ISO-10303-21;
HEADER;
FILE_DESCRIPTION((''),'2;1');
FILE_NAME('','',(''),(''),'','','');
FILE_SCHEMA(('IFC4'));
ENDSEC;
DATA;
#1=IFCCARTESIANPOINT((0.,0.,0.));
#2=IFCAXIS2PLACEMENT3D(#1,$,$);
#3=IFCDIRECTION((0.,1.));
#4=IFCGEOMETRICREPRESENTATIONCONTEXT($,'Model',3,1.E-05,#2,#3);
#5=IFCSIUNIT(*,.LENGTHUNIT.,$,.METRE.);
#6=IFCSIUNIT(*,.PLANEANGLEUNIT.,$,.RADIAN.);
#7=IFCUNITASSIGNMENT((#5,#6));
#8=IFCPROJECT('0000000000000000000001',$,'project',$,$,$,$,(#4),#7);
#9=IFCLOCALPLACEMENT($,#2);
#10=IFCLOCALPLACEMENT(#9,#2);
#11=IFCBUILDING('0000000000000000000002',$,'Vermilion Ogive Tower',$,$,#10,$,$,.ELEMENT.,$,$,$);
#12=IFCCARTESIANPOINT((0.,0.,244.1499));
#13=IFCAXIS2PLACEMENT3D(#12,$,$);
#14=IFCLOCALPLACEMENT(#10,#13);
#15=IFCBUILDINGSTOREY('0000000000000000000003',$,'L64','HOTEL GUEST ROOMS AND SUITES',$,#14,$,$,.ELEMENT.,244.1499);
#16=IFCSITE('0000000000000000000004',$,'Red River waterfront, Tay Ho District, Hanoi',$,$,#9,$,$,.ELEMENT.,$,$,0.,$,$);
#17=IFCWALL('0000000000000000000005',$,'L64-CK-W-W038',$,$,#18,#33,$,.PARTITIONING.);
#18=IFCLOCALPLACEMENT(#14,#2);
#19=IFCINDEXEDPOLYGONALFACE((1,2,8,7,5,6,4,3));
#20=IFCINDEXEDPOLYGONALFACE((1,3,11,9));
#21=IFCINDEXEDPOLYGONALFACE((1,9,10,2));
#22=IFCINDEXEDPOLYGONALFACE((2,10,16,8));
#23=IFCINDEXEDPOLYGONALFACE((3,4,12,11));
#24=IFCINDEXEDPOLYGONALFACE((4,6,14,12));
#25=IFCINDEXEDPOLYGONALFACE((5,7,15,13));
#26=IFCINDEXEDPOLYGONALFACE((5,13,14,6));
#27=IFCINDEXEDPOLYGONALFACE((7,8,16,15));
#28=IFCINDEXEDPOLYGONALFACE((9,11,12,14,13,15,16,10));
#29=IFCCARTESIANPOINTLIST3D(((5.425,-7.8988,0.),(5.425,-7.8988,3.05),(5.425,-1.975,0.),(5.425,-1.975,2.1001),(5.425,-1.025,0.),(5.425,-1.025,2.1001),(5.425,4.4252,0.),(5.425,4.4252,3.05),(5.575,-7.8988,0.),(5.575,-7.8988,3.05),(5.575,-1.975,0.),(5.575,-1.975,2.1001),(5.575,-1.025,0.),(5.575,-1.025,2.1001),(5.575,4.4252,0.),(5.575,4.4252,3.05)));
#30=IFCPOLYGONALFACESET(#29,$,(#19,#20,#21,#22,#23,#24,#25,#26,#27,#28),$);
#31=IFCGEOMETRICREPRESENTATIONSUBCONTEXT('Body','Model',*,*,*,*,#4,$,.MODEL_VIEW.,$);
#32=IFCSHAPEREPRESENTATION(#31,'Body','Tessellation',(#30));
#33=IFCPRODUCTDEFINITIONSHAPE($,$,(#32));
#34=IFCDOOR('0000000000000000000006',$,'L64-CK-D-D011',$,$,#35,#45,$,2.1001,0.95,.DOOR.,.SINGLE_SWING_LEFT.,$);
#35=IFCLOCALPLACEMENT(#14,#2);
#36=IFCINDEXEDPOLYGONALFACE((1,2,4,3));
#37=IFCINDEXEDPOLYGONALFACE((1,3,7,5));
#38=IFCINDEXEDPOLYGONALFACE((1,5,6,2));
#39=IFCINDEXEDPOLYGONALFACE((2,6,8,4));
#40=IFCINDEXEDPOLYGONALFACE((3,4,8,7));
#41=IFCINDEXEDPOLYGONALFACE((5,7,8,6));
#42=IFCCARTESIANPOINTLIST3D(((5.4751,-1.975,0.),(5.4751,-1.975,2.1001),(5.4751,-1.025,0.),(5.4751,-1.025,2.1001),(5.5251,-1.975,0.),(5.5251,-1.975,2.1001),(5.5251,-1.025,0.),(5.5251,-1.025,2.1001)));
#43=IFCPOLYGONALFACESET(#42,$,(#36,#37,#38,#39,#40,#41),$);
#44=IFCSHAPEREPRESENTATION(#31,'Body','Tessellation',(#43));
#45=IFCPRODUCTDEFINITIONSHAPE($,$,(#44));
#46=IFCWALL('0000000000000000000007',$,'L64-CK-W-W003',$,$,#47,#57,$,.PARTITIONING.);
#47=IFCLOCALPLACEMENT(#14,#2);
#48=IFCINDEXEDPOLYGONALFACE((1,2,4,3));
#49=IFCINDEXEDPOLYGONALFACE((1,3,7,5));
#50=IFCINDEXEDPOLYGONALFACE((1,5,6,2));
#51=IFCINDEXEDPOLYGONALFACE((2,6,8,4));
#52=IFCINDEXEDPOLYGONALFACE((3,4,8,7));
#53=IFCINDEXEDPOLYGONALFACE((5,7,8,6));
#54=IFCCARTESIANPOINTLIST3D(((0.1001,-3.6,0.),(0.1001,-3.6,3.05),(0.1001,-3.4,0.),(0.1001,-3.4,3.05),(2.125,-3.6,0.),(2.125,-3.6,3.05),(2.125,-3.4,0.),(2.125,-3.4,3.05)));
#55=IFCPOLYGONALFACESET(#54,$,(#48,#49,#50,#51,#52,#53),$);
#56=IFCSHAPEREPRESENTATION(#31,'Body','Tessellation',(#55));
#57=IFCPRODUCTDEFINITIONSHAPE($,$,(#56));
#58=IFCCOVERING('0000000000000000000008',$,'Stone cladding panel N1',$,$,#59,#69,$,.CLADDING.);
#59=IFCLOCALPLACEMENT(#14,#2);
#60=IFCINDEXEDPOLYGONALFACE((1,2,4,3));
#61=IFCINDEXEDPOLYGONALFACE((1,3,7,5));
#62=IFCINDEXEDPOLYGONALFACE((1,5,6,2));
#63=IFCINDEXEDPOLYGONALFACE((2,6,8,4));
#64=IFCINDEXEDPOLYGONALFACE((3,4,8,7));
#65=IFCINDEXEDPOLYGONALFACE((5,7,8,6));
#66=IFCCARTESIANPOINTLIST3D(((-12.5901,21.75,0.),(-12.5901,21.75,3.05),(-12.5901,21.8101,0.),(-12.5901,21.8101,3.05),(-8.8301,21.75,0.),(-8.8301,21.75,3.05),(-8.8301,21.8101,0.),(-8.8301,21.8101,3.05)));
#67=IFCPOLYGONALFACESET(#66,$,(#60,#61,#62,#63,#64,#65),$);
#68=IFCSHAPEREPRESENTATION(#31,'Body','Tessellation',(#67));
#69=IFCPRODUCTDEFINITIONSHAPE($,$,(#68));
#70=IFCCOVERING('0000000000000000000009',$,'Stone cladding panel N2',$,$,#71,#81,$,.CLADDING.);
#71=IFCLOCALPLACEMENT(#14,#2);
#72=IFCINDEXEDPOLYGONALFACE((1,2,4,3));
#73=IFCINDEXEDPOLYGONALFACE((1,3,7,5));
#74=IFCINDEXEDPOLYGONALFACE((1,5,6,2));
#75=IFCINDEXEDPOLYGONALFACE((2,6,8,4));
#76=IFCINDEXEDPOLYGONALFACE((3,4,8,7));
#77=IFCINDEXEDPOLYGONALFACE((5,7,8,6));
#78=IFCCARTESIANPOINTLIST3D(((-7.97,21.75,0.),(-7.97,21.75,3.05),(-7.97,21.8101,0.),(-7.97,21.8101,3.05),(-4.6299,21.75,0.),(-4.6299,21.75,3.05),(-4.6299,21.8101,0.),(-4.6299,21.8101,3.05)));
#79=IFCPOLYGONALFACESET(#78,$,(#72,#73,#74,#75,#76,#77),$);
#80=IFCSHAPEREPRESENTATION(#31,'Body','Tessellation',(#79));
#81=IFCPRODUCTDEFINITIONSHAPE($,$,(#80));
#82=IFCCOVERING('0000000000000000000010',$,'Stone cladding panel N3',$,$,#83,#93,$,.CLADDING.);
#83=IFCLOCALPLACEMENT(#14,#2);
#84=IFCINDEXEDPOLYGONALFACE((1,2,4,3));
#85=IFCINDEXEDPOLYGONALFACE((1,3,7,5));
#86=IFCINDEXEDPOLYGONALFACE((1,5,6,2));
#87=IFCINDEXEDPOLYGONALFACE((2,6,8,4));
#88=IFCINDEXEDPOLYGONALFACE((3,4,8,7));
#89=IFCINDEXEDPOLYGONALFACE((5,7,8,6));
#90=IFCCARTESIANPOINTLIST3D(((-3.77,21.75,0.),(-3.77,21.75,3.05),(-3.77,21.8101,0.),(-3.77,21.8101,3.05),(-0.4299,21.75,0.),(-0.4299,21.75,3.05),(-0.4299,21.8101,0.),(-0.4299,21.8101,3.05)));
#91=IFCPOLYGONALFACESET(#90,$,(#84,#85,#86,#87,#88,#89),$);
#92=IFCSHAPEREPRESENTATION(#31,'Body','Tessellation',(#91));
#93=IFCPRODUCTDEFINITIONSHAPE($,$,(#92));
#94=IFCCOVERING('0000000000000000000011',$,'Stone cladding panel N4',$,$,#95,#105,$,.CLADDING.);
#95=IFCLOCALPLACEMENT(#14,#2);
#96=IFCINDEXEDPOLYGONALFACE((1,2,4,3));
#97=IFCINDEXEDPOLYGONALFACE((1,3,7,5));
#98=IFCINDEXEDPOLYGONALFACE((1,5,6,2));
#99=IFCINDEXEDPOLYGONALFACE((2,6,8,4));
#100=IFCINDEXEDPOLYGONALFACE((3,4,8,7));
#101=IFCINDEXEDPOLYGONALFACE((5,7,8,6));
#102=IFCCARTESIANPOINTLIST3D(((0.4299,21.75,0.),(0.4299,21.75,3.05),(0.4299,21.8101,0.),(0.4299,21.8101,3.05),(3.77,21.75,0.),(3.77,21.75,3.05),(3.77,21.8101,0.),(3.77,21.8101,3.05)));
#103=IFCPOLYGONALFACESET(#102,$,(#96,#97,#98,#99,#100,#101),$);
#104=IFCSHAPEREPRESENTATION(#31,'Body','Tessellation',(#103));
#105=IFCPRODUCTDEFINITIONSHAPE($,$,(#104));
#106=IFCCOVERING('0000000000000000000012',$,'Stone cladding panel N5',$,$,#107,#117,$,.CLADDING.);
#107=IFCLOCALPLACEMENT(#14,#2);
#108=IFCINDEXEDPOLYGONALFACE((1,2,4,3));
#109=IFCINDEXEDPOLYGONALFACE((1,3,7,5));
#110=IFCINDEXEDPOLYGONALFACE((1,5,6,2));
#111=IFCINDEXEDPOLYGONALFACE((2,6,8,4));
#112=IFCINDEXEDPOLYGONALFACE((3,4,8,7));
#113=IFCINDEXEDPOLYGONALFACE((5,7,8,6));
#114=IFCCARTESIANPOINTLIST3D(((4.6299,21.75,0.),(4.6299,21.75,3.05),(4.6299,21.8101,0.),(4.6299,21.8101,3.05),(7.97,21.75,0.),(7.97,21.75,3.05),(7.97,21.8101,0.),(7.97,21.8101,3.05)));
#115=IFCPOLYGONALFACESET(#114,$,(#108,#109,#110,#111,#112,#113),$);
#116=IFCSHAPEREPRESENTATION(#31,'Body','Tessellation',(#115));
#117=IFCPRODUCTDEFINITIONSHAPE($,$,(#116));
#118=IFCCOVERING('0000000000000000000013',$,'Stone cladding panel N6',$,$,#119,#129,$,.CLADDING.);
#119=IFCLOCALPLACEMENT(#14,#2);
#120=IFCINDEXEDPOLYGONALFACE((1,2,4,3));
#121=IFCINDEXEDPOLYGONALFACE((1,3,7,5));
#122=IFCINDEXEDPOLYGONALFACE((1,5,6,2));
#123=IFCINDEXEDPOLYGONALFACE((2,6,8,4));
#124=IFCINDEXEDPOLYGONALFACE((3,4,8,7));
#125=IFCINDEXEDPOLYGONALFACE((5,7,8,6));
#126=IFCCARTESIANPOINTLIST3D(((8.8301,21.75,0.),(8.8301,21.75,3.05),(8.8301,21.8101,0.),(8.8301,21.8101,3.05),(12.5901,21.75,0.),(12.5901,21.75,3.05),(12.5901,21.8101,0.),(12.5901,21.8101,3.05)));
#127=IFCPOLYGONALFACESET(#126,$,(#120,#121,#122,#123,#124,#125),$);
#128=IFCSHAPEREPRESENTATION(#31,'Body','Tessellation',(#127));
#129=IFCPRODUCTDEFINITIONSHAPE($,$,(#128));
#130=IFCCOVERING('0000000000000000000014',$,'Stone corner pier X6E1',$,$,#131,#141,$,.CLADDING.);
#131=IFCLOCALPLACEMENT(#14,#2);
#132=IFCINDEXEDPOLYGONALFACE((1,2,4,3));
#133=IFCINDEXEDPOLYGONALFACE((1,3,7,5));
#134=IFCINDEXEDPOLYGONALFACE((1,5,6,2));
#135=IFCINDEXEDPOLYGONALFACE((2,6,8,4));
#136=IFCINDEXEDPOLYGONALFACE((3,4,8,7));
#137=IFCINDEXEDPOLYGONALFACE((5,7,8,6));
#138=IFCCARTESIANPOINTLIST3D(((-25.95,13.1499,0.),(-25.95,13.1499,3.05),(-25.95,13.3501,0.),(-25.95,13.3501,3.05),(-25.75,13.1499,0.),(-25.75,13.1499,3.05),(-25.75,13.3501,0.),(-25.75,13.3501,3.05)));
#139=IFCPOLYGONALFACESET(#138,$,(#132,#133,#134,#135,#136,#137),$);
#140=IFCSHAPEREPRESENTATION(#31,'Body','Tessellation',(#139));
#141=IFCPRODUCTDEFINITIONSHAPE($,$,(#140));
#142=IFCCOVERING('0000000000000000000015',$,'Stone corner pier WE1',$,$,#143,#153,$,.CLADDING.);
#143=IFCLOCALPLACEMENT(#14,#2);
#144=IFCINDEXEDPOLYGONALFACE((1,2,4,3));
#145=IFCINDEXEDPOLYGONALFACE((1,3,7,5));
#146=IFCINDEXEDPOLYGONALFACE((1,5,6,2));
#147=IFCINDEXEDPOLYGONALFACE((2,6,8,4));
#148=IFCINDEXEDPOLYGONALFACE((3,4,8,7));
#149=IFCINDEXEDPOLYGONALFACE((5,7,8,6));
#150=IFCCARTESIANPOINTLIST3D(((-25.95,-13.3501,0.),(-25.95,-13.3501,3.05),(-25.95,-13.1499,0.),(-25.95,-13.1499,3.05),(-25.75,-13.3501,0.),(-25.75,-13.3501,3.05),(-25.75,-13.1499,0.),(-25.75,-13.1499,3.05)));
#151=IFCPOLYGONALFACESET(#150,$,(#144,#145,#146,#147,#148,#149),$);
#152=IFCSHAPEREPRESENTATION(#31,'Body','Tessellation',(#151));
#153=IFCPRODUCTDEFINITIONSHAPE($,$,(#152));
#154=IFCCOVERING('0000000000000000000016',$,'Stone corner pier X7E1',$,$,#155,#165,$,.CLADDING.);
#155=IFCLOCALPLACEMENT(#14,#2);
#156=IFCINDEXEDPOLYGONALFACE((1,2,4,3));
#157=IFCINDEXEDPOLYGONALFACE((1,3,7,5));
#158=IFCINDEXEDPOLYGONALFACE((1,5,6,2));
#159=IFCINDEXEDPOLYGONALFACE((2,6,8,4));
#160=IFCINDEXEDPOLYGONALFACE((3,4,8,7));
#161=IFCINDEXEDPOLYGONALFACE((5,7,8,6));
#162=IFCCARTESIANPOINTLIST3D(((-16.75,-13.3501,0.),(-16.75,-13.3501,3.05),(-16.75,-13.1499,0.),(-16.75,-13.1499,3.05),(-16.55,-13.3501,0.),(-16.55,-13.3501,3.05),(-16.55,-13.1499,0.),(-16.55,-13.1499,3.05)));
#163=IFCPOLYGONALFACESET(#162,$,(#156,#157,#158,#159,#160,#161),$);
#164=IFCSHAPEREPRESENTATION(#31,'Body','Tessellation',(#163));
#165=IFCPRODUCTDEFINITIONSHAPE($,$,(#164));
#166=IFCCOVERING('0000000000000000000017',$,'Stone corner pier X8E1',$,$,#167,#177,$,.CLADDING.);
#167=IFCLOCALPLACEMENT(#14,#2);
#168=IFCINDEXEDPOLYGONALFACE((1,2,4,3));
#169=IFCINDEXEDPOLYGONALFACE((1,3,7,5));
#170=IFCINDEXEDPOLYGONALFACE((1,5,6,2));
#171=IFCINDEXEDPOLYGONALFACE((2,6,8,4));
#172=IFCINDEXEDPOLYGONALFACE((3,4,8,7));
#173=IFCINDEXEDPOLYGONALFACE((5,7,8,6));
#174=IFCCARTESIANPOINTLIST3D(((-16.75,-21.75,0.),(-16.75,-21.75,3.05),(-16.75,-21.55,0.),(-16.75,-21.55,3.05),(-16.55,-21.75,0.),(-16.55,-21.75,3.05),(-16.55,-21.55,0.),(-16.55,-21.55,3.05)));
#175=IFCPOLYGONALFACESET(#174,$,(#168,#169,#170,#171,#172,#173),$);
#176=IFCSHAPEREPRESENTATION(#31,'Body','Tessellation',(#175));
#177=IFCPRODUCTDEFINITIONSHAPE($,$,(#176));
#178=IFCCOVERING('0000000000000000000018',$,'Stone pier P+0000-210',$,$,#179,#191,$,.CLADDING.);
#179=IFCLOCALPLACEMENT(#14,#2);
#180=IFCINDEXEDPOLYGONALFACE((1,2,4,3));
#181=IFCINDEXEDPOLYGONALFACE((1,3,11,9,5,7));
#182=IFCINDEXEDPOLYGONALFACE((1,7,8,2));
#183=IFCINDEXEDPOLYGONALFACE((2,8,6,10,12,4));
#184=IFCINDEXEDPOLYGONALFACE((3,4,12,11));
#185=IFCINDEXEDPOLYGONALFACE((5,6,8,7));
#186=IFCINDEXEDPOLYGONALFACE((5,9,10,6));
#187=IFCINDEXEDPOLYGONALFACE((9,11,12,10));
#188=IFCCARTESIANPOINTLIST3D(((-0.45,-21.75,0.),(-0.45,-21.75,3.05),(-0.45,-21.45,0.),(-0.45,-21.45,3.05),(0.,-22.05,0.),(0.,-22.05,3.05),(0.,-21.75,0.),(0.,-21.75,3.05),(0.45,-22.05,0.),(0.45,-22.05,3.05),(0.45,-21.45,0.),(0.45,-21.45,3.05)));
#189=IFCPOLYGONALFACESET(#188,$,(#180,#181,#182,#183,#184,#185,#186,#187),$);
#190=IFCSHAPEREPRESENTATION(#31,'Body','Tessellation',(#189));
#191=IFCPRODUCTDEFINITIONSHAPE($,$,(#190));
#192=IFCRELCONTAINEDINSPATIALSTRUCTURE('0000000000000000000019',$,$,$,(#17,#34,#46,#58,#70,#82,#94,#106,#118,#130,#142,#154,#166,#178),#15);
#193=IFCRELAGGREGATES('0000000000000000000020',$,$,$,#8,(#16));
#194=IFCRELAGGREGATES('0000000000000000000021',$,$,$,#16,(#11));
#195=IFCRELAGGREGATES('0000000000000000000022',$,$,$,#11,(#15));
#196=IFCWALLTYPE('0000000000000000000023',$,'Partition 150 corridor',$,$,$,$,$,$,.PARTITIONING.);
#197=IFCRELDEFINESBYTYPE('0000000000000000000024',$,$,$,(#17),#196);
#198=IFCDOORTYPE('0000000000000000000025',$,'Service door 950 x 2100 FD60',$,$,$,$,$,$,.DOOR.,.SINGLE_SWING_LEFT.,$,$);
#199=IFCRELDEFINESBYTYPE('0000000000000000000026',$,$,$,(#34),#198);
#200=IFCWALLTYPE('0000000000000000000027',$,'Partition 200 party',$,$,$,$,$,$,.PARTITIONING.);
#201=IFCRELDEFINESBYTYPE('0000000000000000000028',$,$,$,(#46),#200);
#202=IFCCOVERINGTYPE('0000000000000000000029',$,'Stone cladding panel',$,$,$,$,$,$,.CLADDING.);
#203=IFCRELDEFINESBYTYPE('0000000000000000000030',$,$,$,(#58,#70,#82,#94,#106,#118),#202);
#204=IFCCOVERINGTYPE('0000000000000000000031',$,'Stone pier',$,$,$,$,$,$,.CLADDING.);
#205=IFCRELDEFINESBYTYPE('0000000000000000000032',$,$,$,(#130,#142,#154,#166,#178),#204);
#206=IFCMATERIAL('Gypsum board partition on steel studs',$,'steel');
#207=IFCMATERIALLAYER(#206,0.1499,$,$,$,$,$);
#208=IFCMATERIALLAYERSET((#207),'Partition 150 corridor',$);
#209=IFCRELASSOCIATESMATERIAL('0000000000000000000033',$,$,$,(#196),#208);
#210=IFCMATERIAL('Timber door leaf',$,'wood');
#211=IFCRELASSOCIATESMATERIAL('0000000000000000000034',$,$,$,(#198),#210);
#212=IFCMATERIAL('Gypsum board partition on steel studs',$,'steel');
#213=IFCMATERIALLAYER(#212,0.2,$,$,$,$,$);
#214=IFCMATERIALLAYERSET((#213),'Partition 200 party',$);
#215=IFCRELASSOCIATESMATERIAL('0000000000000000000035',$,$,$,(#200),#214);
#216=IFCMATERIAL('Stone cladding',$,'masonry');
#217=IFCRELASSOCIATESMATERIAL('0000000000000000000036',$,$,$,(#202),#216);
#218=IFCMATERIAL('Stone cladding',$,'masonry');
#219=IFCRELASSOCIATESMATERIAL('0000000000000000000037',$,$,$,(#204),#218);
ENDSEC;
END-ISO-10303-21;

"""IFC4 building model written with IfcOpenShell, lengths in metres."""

from ifc_helpers import new_model, si_unit, direction, frame, frame_2d, origin, place, context, subcontext, project, spatial, polyline, rectangle, outline, extrude, material, layer, layer_set, type_object, element, fill, save


model = new_model("IFC4")

# Units and contexts
model_context = context("Model", 3, precision=1e-05, world=origin(), true_north=direction((0.0, 1.0)))
body_context = subcontext(model_context, "Body", "Model", "MODEL_VIEW")
ifc_project = project(units=[si_unit("LENGTHUNIT", "METRE"), si_unit("PLANEANGLEUNIT", "RADIAN")], contexts=[model_context])

# Site, building, storey
site_placement = place(None, origin())
site = spatial("IfcSite", under=ifc_project, at=site_placement, Name="Red River waterfront, Tay Ho District, Hanoi", CompositionType="ELEMENT", RefElevation=0.0)
building_placement = place(site_placement, origin())
building = spatial("IfcBuilding", under=site, at=building_placement, Name="Vermilion Ogive Tower", CompositionType="ELEMENT")
storey_placement = place(building_placement, frame((0.0, 0.0, 244.1499)))
storey = spatial("IfcBuildingStorey", under=building, at=storey_placement, Name="L64", Description="HOTEL GUEST ROOMS AND SUITES", CompositionType="ELEMENT", Elevation=244.1499)

# Wall, opening, door
ifc_material_1 = material(Name="Gypsum board partition on steel studs", Category="steel")
ifc_layer_1 = layer(ifc_material_1, 0.1499)
ifc_layer_set_1 = layer_set([ifc_layer_1], Name="Partition 150 corridor")
wall_type_1 = type_object("IfcWallType", Name="Partition 150 corridor", PredefinedType="PARTITIONING", material=ifc_layer_set_1)
wall_1_placement = place(storey_placement, frame((5.5, -7.8989, 0.0), z_axis=(0.0, 0.0, 1.0), x_axis=(0.0, 1.0, 0.0)))
wall_1 = element("IfcWall", 1, at=wall_1_placement, inside=storey, type_object=wall_type_1, Name="L64-CK-W-W038", PredefinedType="PARTITIONING", context=body_context, shape_type="SweptSolid", body=[
    extrude(rectangle(XDim=12.324, YDim=0.1499, at=frame_2d((6.1621, 0.0))), origin(), (0.0, 0.0, 1.0), 3.05),
])
opening_placement = place(wall_1_placement, frame((5.9238, 0.0, 0.0)))
opening = element("IfcOpeningElement", 2, at=opening_placement, cuts=wall_1, PredefinedType="OPENING", context=body_context, shape_type="SweptSolid", body=[
    extrude(rectangle(XDim=0.95, YDim=2.1001, at=frame_2d((0.4751, 1.05))), frame((0.0, 0.085, 0.0), z_axis=(0.0, -1.0, 0.0), x_axis=(1.0, 0.0, 0.0)), (0.0, 0.0, 1.0), 0.1699),
])
ifc_material_2 = material(Name="Timber door leaf", Category="wood")
door_type = type_object("IfcDoorType", Name="Service door 950 x 2100 FD60", OperationType="SINGLE_SWING_LEFT", PredefinedType="DOOR", material=ifc_material_2)
door_placement = place(opening_placement, origin())
door = element("IfcDoor", 3, at=door_placement, inside=storey, type_object=door_type, Name="L64-CK-D-D011", OperationType="SINGLE_SWING_LEFT", OverallHeight=2.1001, OverallWidth=0.95, PredefinedType="DOOR", context=body_context, shape_type="SweptSolid", body=[
    extrude(rectangle(XDim=0.95, YDim=2.1001, at=frame_2d((0.4751, 1.05))), frame((0.0, 0.0249, 0.0), z_axis=(0.0, -1.0, 0.0), x_axis=(1.0, 0.0, 0.0)), (0.0, 0.0, 1.0), 0.05),
])
fill(opening, door)

# Wall
ifc_material_3 = material(Name="Gypsum board partition on steel studs", Category="steel")
ifc_layer_2 = layer(ifc_material_3, 0.2)
ifc_layer_set_2 = layer_set([ifc_layer_2], Name="Partition 200 party")
wall_type_2 = type_object("IfcWallType", Name="Partition 200 party", PredefinedType="PARTITIONING", material=ifc_layer_set_2)
wall_2_placement = place(storey_placement, frame((0.1001, -3.5, 0.0), z_axis=(0.0, 0.0, 1.0), x_axis=(1.0, 0.0, 0.0)))
element("IfcWall", 4, at=wall_2_placement, inside=storey, type_object=wall_type_2, Name="L64-CK-W-W003", PredefinedType="PARTITIONING", context=body_context, shape_type="SweptSolid", body=[
    extrude(rectangle(XDim=2.0249, YDim=0.2, at=frame_2d((1.0125, 0.0))), origin(), (0.0, 0.0, 1.0), 3.05),
])

# Coverings
ifc_material_4 = material(Name="Stone cladding", Category="masonry")
covering_type_1 = type_object("IfcCoveringType", Name="Stone cladding panel", PredefinedType="CLADDING", material=ifc_material_4)
covering_1_placement = place(storey_placement, origin())
element("IfcCovering", 5, at=covering_1_placement, inside=storey, type_object=covering_type_1, Name="Stone cladding panel N1", PredefinedType="CLADDING", context=body_context, shape_type="SweptSolid", body=[
    extrude(outline(polyline([(-12.5901, 21.75), (-8.8301, 21.75), (-8.8301, 21.8101), (-12.5901, 21.8101), (-12.5901, 21.75)])), origin(), (0.0, 0.0, 1.0), 3.05),
])
covering_2_placement = place(storey_placement, origin())
element("IfcCovering", 6, at=covering_2_placement, inside=storey, type_object=covering_type_1, Name="Stone cladding panel N2", PredefinedType="CLADDING", context=body_context, shape_type="SweptSolid", body=[
    extrude(outline(polyline([(-7.97, 21.75), (-4.6299, 21.75), (-4.6299, 21.8101), (-7.97, 21.8101), (-7.97, 21.75)])), origin(), (0.0, 0.0, 1.0), 3.05),
])
covering_3_placement = place(storey_placement, origin())
element("IfcCovering", 7, at=covering_3_placement, inside=storey, type_object=covering_type_1, Name="Stone cladding panel N3", PredefinedType="CLADDING", context=body_context, shape_type="SweptSolid", body=[
    extrude(outline(polyline([(-3.77, 21.75), (-0.4299, 21.75), (-0.4299, 21.8101), (-3.77, 21.8101), (-3.77, 21.75)])), origin(), (0.0, 0.0, 1.0), 3.05),
])
covering_4_placement = place(storey_placement, origin())
element("IfcCovering", 8, at=covering_4_placement, inside=storey, type_object=covering_type_1, Name="Stone cladding panel N4", PredefinedType="CLADDING", context=body_context, shape_type="SweptSolid", body=[
    extrude(outline(polyline([(0.4299, 21.75), (3.77, 21.75), (3.77, 21.8101), (0.4299, 21.8101), (0.4299, 21.75)])), origin(), (0.0, 0.0, 1.0), 3.05),
])
covering_5_placement = place(storey_placement, origin())
element("IfcCovering", 9, at=covering_5_placement, inside=storey, type_object=covering_type_1, Name="Stone cladding panel N5", PredefinedType="CLADDING", context=body_context, shape_type="SweptSolid", body=[
    extrude(outline(polyline([(4.6299, 21.75), (7.97, 21.75), (7.97, 21.8101), (4.6299, 21.8101), (4.6299, 21.75)])), origin(), (0.0, 0.0, 1.0), 3.05),
])
covering_6_placement = place(storey_placement, origin())
element("IfcCovering", 10, at=covering_6_placement, inside=storey, type_object=covering_type_1, Name="Stone cladding panel N6", PredefinedType="CLADDING", context=body_context, shape_type="SweptSolid", body=[
    extrude(outline(polyline([(8.8301, 21.75), (12.5901, 21.75), (12.5901, 21.8101), (8.8301, 21.8101), (8.8301, 21.75)])), origin(), (0.0, 0.0, 1.0), 3.05),
])
ifc_material_5 = material(Name="Stone cladding", Category="masonry")
covering_type_2 = type_object("IfcCoveringType", Name="Stone pier", PredefinedType="CLADDING", material=ifc_material_5)
covering_7_placement = place(storey_placement, origin())
element("IfcCovering", 11, at=covering_7_placement, inside=storey, type_object=covering_type_2, Name="Stone corner pier X6E1", PredefinedType="CLADDING", context=body_context, shape_type="SweptSolid", body=[
    extrude(outline(polyline([(-25.75, 13.1499), (-25.95, 13.1499), (-25.95, 13.3501), (-25.75, 13.3501), (-25.75, 13.1499)])), origin(), (0.0, 0.0, 1.0), 3.05),
])
covering_8_placement = place(storey_placement, origin())
element("IfcCovering", 12, at=covering_8_placement, inside=storey, type_object=covering_type_2, Name="Stone corner pier WE1", PredefinedType="CLADDING", context=body_context, shape_type="SweptSolid", body=[
    extrude(outline(polyline([(-25.75, -13.1499), (-25.75, -13.3501), (-25.95, -13.3501), (-25.95, -13.1499), (-25.75, -13.1499)])), origin(), (0.0, 0.0, 1.0), 3.05),
])
covering_9_placement = place(storey_placement, origin())
element("IfcCovering", 13, at=covering_9_placement, inside=storey, type_object=covering_type_2, Name="Stone corner pier X7E1", PredefinedType="CLADDING", context=body_context, shape_type="SweptSolid", body=[
    extrude(outline(polyline([(-16.55, -13.1499), (-16.55, -13.3501), (-16.75, -13.3501), (-16.75, -13.1499), (-16.55, -13.1499)])), origin(), (0.0, 0.0, 1.0), 3.05),
])
covering_10_placement = place(storey_placement, origin())
element("IfcCovering", 14, at=covering_10_placement, inside=storey, type_object=covering_type_2, Name="Stone corner pier X8E1", PredefinedType="CLADDING", context=body_context, shape_type="SweptSolid", body=[
    extrude(outline(polyline([(-16.55, -21.55), (-16.55, -21.75), (-16.75, -21.75), (-16.75, -21.55), (-16.55, -21.55)])), origin(), (0.0, 0.0, 1.0), 3.05),
])
covering_11_placement = place(storey_placement, origin())
element("IfcCovering", 15, at=covering_11_placement, inside=storey, type_object=covering_type_2, Name="Stone pier P+0000-210", PredefinedType="CLADDING", context=body_context, shape_type="SweptSolid", body=[
    extrude(outline(polyline([(0.45, -22.05), (0.0, -22.05), (0.0, -21.75), (-0.45, -21.75), (-0.45, -21.45), (0.45, -21.45), (0.45, -22.05)])), origin(), (0.0, 0.0, 1.0), 3.05),
])

save(model, "model.ifc")
